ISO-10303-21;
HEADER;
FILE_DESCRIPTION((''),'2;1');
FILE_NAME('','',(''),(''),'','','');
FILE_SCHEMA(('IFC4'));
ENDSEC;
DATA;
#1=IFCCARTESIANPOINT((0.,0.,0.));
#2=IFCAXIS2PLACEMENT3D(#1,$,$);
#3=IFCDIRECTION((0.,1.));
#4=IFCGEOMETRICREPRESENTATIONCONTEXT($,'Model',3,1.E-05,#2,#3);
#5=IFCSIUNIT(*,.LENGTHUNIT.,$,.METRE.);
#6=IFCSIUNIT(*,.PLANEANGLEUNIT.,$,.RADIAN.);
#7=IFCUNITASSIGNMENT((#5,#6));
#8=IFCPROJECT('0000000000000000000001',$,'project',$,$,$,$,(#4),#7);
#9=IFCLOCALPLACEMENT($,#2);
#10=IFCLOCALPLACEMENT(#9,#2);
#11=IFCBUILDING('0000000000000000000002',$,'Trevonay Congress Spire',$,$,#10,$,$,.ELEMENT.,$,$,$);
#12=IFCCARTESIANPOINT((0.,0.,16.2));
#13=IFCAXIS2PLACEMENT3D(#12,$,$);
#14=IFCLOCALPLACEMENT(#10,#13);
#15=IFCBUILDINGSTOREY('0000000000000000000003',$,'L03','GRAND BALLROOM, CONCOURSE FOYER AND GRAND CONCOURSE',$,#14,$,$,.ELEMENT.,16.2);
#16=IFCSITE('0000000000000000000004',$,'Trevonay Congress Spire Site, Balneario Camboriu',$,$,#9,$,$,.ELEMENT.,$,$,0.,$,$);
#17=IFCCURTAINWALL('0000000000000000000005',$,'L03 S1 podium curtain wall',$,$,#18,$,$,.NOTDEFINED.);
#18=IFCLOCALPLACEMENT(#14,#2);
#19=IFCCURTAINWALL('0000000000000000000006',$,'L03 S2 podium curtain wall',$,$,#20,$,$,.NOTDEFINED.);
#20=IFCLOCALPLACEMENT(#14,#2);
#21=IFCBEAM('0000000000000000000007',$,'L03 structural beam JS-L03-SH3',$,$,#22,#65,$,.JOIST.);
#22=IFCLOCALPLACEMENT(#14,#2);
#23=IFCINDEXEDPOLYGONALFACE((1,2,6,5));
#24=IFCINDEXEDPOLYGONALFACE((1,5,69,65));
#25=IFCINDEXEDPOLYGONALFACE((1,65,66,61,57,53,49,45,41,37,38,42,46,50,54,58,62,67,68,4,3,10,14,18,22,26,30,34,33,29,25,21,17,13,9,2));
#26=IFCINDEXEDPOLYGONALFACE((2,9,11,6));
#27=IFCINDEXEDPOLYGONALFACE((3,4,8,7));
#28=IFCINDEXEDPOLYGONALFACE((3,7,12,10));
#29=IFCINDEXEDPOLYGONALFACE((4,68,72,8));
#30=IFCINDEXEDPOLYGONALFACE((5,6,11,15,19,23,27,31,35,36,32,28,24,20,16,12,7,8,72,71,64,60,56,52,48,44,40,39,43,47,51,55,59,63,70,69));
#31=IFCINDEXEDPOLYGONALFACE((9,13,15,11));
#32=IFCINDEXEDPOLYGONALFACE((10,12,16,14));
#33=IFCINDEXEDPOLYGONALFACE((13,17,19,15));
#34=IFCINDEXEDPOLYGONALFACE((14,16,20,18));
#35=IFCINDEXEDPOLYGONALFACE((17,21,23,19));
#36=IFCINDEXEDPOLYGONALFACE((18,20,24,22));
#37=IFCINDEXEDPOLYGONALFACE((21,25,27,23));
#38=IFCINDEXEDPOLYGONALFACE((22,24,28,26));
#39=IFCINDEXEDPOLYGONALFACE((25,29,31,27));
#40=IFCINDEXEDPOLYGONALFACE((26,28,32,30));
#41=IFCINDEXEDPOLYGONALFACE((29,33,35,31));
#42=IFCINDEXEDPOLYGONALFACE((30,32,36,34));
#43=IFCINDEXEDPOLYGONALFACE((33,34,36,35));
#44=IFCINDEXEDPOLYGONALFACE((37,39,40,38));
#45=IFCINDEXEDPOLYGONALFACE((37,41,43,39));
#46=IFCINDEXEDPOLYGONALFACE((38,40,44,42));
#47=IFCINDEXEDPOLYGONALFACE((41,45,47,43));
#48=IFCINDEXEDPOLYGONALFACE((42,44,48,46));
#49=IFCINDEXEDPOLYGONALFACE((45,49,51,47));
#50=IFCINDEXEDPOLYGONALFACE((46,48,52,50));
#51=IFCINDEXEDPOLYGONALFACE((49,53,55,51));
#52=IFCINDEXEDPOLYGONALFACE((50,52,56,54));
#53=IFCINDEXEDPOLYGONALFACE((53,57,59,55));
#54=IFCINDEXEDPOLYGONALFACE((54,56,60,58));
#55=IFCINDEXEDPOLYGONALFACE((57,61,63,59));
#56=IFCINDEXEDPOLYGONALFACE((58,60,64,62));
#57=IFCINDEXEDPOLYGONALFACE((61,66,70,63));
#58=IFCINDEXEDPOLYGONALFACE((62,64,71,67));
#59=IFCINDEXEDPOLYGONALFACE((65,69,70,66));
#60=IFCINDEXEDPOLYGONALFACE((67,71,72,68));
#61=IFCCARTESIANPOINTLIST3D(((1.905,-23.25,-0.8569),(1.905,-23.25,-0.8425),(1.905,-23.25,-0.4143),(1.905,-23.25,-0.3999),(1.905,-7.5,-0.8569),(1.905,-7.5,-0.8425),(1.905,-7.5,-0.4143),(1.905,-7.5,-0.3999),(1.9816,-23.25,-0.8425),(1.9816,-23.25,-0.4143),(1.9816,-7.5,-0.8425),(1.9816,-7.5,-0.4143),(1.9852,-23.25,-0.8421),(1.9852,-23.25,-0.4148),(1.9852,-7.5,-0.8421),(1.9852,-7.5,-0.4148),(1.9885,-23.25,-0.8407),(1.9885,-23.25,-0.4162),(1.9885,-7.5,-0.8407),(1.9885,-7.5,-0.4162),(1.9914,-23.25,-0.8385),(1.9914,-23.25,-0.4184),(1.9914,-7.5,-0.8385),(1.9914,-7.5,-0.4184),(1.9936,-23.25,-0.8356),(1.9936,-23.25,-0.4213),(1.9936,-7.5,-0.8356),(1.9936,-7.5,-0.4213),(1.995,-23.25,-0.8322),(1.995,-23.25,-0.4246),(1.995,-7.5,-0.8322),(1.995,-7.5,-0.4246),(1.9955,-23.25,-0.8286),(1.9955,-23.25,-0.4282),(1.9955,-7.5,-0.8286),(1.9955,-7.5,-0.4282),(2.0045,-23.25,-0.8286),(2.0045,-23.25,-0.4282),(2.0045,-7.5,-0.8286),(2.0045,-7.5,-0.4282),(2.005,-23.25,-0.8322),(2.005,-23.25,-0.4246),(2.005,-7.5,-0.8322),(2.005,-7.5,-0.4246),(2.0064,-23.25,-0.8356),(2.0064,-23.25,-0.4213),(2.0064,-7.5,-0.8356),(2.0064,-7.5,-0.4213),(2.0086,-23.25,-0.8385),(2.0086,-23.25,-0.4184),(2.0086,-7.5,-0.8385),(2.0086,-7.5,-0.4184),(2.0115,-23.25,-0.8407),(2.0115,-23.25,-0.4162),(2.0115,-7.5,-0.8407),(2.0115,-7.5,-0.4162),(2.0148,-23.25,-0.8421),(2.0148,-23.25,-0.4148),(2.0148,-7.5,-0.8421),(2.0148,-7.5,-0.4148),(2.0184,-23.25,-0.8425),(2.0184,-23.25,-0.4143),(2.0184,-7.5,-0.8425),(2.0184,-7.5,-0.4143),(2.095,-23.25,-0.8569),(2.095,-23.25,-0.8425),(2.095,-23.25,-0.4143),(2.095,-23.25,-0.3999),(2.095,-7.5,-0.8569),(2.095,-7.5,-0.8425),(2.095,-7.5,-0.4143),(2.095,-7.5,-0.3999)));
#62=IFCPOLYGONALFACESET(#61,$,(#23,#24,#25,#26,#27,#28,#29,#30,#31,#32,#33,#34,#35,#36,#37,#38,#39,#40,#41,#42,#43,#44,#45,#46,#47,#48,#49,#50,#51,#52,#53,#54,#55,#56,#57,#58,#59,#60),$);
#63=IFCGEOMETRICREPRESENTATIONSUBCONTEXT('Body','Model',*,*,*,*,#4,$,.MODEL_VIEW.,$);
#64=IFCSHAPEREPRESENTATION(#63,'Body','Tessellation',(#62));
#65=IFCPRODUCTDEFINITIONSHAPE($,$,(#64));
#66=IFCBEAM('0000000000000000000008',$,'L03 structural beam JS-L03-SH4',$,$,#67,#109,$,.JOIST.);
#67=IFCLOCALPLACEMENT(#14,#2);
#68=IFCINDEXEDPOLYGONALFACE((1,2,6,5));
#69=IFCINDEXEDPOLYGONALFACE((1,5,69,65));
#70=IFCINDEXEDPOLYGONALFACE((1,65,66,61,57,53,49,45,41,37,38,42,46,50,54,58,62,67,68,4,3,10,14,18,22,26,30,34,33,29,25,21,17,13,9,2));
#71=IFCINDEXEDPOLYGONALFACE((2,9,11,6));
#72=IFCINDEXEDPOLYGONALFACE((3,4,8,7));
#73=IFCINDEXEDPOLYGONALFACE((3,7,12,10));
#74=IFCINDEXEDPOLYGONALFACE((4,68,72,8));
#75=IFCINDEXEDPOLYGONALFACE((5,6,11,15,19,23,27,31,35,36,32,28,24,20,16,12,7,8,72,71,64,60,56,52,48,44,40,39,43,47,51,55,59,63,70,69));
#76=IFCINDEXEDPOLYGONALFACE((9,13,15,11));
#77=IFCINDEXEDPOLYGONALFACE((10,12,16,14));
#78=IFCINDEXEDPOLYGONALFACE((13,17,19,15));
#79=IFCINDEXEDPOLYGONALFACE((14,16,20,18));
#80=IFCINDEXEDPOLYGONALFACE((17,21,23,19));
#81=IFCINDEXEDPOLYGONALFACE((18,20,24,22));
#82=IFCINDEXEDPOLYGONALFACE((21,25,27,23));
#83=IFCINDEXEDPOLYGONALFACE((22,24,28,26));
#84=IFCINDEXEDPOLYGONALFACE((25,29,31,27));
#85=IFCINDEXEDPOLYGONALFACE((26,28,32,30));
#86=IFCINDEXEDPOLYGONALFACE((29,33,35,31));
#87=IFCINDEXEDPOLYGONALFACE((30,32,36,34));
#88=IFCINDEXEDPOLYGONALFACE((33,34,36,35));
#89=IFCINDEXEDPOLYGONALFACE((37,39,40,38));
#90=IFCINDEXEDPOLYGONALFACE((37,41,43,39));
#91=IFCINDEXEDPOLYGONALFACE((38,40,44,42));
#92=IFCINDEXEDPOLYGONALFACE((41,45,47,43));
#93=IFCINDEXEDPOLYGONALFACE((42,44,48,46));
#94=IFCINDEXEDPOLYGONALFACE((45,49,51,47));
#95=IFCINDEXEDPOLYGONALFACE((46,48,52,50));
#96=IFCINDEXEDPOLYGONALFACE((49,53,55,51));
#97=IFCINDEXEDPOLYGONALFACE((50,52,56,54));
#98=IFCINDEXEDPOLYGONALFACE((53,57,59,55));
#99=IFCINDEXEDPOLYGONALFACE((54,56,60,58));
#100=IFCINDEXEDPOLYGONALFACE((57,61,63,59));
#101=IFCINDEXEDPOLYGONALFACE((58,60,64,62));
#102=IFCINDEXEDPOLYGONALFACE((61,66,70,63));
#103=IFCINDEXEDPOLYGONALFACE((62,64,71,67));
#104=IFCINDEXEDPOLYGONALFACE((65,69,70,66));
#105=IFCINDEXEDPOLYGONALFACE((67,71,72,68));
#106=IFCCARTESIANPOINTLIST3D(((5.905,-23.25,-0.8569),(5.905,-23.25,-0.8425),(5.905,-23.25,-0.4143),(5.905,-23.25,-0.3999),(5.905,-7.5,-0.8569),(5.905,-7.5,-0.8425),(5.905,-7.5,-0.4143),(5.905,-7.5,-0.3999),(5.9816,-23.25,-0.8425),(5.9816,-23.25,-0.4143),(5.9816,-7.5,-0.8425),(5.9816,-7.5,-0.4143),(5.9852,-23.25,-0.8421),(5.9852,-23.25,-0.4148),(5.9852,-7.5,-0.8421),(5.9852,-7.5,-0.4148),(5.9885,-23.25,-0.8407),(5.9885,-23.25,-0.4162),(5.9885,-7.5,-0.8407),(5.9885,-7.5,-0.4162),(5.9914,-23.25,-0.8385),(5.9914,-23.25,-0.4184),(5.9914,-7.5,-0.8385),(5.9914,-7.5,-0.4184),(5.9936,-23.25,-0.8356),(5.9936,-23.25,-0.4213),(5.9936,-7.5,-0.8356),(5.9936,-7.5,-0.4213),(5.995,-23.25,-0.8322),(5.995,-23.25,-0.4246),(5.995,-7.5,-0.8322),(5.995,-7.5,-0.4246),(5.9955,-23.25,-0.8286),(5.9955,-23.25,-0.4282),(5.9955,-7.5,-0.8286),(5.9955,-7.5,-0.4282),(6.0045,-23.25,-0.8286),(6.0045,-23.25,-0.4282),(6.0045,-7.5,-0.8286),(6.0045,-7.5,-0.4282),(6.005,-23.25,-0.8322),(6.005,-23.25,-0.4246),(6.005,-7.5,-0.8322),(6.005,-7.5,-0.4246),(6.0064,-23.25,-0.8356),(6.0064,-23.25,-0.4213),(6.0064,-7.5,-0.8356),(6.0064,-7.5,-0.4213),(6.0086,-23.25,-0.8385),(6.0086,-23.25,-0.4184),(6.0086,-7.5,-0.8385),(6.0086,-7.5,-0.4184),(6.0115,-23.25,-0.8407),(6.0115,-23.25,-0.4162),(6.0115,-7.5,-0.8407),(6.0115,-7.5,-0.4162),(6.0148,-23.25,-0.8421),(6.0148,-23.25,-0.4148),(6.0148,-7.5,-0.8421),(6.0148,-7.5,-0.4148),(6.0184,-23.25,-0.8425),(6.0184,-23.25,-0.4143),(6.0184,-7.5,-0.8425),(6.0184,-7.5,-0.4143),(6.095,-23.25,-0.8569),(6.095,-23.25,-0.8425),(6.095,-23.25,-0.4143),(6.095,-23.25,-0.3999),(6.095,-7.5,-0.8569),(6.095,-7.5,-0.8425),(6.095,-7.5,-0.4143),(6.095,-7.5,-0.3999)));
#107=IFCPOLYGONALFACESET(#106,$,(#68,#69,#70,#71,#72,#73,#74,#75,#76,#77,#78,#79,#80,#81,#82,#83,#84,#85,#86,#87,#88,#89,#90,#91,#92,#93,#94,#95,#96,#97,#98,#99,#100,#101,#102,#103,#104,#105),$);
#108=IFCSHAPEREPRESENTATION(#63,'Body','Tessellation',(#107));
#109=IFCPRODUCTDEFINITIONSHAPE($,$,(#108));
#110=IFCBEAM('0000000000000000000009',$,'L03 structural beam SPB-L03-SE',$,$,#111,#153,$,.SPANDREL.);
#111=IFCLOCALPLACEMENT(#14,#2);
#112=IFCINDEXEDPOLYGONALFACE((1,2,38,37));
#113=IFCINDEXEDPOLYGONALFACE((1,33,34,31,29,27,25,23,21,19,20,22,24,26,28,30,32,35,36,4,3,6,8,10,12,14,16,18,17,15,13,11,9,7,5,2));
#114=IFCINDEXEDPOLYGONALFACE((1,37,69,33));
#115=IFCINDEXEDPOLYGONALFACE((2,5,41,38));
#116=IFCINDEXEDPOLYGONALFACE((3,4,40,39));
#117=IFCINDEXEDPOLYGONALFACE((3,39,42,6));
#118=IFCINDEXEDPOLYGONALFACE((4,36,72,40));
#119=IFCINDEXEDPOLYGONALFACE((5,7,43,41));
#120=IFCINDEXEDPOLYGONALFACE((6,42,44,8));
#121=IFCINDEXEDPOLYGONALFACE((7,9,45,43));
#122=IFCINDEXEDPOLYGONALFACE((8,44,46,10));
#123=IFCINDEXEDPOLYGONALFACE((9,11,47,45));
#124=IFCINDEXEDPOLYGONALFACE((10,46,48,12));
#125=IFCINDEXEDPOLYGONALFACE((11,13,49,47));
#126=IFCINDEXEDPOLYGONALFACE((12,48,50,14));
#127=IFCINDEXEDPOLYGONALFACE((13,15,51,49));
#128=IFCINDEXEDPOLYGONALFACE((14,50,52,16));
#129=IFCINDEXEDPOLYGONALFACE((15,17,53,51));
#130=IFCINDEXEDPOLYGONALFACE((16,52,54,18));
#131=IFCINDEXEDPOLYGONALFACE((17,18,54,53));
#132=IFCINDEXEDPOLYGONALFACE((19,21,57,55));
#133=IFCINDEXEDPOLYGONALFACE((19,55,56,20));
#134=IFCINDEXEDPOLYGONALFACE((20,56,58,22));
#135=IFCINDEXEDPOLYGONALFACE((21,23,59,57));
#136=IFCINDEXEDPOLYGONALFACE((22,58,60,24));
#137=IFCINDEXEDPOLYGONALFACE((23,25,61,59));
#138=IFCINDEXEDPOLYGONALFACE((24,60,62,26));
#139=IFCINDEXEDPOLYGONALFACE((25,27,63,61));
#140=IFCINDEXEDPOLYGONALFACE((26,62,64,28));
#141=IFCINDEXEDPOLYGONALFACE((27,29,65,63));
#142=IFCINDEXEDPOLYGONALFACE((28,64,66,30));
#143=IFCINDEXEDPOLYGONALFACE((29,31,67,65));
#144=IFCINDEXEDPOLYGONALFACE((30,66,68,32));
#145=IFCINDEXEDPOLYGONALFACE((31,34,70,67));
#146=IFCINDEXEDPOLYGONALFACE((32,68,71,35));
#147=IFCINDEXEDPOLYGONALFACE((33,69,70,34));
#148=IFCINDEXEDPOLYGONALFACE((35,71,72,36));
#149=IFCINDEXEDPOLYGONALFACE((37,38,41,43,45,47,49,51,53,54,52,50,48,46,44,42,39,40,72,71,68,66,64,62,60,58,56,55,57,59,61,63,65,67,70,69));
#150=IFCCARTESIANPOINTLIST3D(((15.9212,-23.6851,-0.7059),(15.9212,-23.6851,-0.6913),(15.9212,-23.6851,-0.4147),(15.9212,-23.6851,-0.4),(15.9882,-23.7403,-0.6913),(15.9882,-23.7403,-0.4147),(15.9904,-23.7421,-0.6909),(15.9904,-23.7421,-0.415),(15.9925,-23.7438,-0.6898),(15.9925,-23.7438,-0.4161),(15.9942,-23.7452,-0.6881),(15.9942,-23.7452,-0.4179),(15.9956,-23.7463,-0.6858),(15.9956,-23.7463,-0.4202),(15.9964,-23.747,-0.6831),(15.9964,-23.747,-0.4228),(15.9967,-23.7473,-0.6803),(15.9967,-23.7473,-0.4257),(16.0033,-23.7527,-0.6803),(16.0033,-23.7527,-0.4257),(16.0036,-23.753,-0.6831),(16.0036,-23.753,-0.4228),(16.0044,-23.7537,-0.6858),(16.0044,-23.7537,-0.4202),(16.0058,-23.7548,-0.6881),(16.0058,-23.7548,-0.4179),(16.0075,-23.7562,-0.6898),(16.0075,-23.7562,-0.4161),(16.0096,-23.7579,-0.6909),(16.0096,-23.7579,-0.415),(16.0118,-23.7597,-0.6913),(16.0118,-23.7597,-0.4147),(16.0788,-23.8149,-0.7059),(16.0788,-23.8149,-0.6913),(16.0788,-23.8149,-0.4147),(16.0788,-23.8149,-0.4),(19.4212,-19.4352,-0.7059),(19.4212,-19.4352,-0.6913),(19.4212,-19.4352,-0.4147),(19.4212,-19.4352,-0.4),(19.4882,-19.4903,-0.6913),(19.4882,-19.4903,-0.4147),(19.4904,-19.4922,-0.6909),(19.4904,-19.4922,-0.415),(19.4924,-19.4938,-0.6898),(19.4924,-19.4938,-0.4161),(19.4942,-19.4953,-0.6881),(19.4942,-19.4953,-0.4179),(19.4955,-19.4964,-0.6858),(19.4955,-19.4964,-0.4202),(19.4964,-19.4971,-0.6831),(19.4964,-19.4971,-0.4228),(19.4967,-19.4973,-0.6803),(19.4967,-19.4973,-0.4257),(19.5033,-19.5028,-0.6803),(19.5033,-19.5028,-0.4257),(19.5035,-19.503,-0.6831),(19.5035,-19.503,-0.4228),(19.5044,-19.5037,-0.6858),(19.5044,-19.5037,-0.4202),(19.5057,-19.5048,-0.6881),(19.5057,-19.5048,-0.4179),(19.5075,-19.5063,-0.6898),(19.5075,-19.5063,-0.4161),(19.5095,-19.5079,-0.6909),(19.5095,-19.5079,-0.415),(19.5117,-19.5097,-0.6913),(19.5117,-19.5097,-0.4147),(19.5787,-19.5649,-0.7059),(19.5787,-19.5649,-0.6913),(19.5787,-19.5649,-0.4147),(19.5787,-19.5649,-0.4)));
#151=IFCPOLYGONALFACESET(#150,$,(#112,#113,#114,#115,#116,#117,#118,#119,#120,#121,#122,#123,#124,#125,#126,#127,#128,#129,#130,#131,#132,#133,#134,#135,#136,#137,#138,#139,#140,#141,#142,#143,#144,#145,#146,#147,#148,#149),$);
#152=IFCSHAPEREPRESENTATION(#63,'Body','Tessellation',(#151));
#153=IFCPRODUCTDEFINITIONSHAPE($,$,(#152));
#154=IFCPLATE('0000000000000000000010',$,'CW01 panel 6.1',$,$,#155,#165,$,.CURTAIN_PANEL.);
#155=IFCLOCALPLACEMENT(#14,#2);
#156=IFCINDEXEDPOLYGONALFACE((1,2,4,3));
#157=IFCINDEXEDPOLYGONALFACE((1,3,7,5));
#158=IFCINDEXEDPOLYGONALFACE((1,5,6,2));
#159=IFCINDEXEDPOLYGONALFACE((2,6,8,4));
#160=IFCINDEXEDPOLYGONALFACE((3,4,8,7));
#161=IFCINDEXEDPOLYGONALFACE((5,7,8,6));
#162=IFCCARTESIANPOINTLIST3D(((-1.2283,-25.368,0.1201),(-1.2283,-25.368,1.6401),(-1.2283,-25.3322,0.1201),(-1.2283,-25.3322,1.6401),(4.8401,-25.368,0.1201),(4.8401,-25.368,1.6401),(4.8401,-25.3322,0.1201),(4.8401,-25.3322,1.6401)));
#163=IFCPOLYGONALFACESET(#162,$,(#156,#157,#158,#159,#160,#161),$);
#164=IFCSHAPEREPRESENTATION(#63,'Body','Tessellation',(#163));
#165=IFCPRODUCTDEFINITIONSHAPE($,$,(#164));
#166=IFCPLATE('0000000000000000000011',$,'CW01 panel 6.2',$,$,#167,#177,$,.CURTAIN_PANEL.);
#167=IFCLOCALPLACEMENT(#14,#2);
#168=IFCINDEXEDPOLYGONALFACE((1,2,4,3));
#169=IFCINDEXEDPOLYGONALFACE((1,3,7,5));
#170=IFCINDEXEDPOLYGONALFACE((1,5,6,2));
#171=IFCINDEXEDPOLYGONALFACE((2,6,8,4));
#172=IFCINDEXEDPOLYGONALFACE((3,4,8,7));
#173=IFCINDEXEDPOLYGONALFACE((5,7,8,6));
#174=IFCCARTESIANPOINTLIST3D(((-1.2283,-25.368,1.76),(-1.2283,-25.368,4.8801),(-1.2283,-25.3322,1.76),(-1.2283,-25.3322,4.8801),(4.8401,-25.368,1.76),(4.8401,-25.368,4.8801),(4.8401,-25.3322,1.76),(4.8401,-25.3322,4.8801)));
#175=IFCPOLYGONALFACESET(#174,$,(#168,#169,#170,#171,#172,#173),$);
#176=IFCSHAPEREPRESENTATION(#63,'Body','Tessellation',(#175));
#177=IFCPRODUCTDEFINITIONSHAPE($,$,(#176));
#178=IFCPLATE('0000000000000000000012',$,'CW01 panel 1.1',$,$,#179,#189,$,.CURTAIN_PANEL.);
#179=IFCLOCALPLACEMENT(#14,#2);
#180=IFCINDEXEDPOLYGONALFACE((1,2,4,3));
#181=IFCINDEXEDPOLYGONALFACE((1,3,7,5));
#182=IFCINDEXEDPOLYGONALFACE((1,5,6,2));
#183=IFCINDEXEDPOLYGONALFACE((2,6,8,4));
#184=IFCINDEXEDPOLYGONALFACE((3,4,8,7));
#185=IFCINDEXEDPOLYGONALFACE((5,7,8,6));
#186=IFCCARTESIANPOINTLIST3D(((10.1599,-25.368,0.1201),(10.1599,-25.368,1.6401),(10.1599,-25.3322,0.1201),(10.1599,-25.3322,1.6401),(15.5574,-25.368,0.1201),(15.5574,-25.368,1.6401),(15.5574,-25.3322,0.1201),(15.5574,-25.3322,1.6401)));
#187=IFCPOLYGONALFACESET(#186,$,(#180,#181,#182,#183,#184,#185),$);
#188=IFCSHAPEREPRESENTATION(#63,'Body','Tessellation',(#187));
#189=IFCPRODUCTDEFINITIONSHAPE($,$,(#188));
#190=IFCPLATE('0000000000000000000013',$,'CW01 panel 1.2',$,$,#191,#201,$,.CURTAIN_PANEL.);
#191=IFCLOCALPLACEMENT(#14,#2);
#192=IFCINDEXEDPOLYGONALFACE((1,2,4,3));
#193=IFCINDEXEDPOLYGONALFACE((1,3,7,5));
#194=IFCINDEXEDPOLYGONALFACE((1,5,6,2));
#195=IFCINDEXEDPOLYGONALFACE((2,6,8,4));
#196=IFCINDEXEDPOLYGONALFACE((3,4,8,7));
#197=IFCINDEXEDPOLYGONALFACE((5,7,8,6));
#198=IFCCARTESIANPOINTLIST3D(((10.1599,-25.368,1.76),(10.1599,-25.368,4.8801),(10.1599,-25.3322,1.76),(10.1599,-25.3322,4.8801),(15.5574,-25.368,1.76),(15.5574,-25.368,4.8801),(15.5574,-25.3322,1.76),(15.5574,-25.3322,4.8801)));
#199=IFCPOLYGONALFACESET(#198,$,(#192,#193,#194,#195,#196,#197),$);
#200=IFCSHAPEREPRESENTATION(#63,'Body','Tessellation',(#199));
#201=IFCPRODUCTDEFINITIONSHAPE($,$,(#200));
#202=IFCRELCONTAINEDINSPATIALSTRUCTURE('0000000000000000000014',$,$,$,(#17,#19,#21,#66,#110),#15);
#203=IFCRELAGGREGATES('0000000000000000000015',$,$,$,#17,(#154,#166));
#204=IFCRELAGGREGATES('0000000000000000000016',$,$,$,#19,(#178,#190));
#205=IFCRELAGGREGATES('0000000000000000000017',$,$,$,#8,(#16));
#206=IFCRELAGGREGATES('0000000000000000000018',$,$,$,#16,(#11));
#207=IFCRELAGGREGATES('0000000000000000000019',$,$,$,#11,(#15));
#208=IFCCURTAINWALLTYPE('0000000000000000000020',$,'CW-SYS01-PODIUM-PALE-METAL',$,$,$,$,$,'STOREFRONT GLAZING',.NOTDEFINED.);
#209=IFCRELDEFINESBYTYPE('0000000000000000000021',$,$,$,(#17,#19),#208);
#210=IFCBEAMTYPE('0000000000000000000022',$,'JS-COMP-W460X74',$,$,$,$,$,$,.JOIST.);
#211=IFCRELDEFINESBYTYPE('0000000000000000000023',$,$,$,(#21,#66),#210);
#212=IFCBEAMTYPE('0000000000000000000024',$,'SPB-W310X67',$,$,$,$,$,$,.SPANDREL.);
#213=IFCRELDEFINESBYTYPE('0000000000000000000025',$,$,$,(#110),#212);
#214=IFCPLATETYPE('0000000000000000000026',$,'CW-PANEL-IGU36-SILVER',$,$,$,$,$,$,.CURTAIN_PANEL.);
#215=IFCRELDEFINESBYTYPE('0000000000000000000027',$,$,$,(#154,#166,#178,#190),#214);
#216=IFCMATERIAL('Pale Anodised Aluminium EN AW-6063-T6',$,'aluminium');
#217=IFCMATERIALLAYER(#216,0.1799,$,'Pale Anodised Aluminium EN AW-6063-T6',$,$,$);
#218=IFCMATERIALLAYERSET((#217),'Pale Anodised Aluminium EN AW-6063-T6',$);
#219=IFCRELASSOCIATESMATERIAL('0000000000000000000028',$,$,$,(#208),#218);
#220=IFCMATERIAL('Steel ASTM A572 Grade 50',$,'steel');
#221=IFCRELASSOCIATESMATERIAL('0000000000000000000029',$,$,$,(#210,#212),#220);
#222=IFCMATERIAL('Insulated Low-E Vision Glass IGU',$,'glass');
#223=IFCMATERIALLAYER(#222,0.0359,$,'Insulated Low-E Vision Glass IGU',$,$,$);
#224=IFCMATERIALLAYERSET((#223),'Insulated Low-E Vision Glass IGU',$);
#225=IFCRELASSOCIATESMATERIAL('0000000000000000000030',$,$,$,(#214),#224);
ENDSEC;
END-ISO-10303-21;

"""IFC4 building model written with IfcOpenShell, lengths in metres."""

from ifc_helpers import new_model, si_unit, direction, frame, origin, origin_2d, place, context, subcontext, project, spatial, rectangle, i_section, extrude, material, layer, layer_set, material_profile, profile_set, type_object, element, aggregate, save


model = new_model("IFC4")

# Units and contexts
model_context = context("Model", 3, precision=1e-05, world=origin(), true_north=direction((0.0, 1.0)))
body_context = subcontext(model_context, "Body", "Model", "MODEL_VIEW")
ifc_project = project(units=[si_unit("LENGTHUNIT", "METRE"), si_unit("PLANEANGLEUNIT", "RADIAN")], contexts=[model_context])

# Site, building, storey
site_placement = place(None, origin())
site = spatial("IfcSite", under=ifc_project, at=site_placement, Name="Trevonay Congress Spire Site, Balneario Camboriu", CompositionType="ELEMENT", RefElevation=0.0)
building_placement = place(site_placement, origin())
building = spatial("IfcBuilding", under=site, at=building_placement, Name="Trevonay Congress Spire", CompositionType="ELEMENT")
storey_placement = place(building_placement, frame((0.0, 0.0, 16.2)))
storey = spatial("IfcBuildingStorey", under=building, at=storey_placement, Name="L03", Description="GRAND BALLROOM, CONCOURSE FOYER AND GRAND CONCOURSE", CompositionType="ELEMENT", Elevation=16.2)

# Shared definitions
ifc_material_1 = material(Name="Steel ASTM A572 Grade 50", Category="steel")

# Curtain wall
ifc_material_2 = material(Name="Pale Anodised Aluminium EN AW-6063-T6", Category="aluminium")
ifc_layer_1 = layer(ifc_material_2, 0.1799, Name="Pale Anodised Aluminium EN AW-6063-T6")
ifc_layer_set_1 = layer_set([ifc_layer_1], Name="Pale Anodised Aluminium EN AW-6063-T6")
curtain_wall_type = type_object("IfcCurtainWallType", Name="CW-SYS01-PODIUM-PALE-METAL", ElementType="STOREFRONT GLAZING", PredefinedType="NOTDEFINED", material=ifc_layer_set_1)
curtain_wall_1_placement = place(storey_placement, origin())
curtain_wall_1 = element("IfcCurtainWall", 1, at=curtain_wall_1_placement, inside=storey, type_object=curtain_wall_type, Name="L03 S1 podium curtain wall", PredefinedType="NOTDEFINED")

# Curtain wall
curtain_wall_2_placement = place(storey_placement, origin())
curtain_wall_2 = element("IfcCurtainWall", 2, at=curtain_wall_2_placement, inside=storey, type_object=curtain_wall_type, Name="L03 S2 podium curtain wall", PredefinedType="NOTDEFINED")

# Beams
ifc_material_profile_1 = material_profile(ifc_material_1, i_section(OverallWidth=0.1899, OverallDepth=0.457, WebThickness=0.009, FlangeThickness=0.0144, FilletRadius=0.0139, at=origin_2d()), Name="W460x74")
ifc_profile_set_1 = profile_set([ifc_material_profile_1], Name="Steel ASTM A572 Grade 50")
beam_type_1 = type_object("IfcBeamType", Name="JS-COMP-W460X74", PredefinedType="JOIST", material=ifc_profile_set_1)
for number, where, z_axis, x_axis, name in (
    (3, (2.0, -23.25, -0.6284), (0.0, 1.0, 0.0), (-1.0, 0.0, 0.0), "L03 structural beam JS-L03-SH3"),
    (4, (6.0, -23.25, -0.6284), (0.0, 1.0, 0.0), (-1.0, 0.0, 0.0), "L03 structural beam JS-L03-SH4"),
):
    element("IfcBeam", number, at=place(storey_placement, frame(where, z_axis=z_axis, x_axis=x_axis)), inside=storey, type_object=beam_type_1, Name=name, PredefinedType="JOIST", context=body_context, shape_type="SweptSolid", body=[
        extrude(i_section(OverallWidth=0.1899, OverallDepth=0.457, WebThickness=0.009, FlangeThickness=0.0144, FilletRadius=0.0139, at=origin_2d()), origin(), (0.0, 0.0, 1.0), 15.75),
    ])
ifc_material_profile_2 = material_profile(ifc_material_1, i_section(OverallWidth=0.2041, OverallDepth=0.3059, WebThickness=0.0085, FlangeThickness=0.0146, FilletRadius=0.011, at=origin_2d()), Name="W310x67")
ifc_profile_set_2 = profile_set([ifc_material_profile_2], Name="Steel ASTM A572 Grade 50")
beam_type_2 = type_object("IfcBeamType", Name="SPB-W310X67", PredefinedType="SPANDREL", material=ifc_profile_set_2)
beam_1_placement = place(storey_placement, frame((16.0, -23.75, -0.553), z_axis=(0.635707, 0.77193, 0.0), x_axis=(-0.77193, 0.635707, 0.0)))
element("IfcBeam", 5, at=beam_1_placement, inside=storey, type_object=beam_type_2, Name="L03 structural beam SPB-L03-SE", PredefinedType="SPANDREL", context=body_context, shape_type="SweptSolid", body=[
    extrude(i_section(OverallWidth=0.2041, OverallDepth=0.3059, WebThickness=0.0085, FlangeThickness=0.0146, FilletRadius=0.011, at=origin_2d()), origin(), (0.0, 0.0, 1.0), 5.5056),
])

# Plates
ifc_material_3 = material(Name="Insulated Low-E Vision Glass IGU", Category="glass")
ifc_layer_2 = layer(ifc_material_3, 0.0359, Name="Insulated Low-E Vision Glass IGU")
ifc_layer_set_2 = layer_set([ifc_layer_2], Name="Insulated Low-E Vision Glass IGU")
plate_type = type_object("IfcPlateType", Name="CW-PANEL-IGU36-SILVER", PredefinedType="CURTAIN_PANEL", material=ifc_layer_set_2)
plate_1_placement = place(storey_placement, frame((1.8059, -25.3501, 0.1201), z_axis=(0.0, 0.0, 1.0), x_axis=(1.0, 0.0, 0.0)))
plate_1 = element("IfcPlate", 6, at=plate_1_placement, type_object=plate_type, Name="CW01 panel 6.1", PredefinedType="CURTAIN_PANEL", context=body_context, shape_type="SweptSolid", body=[
    extrude(rectangle(XDim=6.0684, YDim=0.0359, at=origin_2d()), origin(), (0.0, 0.0, 1.0), 1.52),
])
plate_2_placement = place(storey_placement, frame((1.8059, -25.3501, 1.76), z_axis=(0.0, 0.0, 1.0), x_axis=(1.0, 0.0, 0.0)))
plate_2 = element("IfcPlate", 7, at=plate_2_placement, type_object=plate_type, Name="CW01 panel 6.2", PredefinedType="CURTAIN_PANEL", context=body_context, shape_type="SweptSolid", body=[
    extrude(rectangle(XDim=6.0684, YDim=0.0359, at=origin_2d()), origin(), (0.0, 0.0, 1.0), 3.1201),
])
aggregate(curtain_wall_1, [plate_1, plate_2])
plate_3_placement = place(storey_placement, frame((12.8586, -25.3501, 0.1201), z_axis=(0.0, 0.0, 1.0), x_axis=(1.0, 0.0, 0.0)))
plate_3 = element("IfcPlate", 8, at=plate_3_placement, type_object=plate_type, Name="CW01 panel 1.1", PredefinedType="CURTAIN_PANEL", context=body_context, shape_type="SweptSolid", body=[
    extrude(rectangle(XDim=5.3975, YDim=0.0359, at=origin_2d()), origin(), (0.0, 0.0, 1.0), 1.52),
])
plate_4_placement = place(storey_placement, frame((12.8586, -25.3501, 1.76), z_axis=(0.0, 0.0, 1.0), x_axis=(1.0, 0.0, 0.0)))
plate_4 = element("IfcPlate", 9, at=plate_4_placement, type_object=plate_type, Name="CW01 panel 1.2", PredefinedType="CURTAIN_PANEL", context=body_context, shape_type="SweptSolid", body=[
    extrude(rectangle(XDim=5.3975, YDim=0.0359, at=origin_2d()), origin(), (0.0, 0.0, 1.0), 3.1201),
])
aggregate(curtain_wall_2, [plate_3, plate_4])

save(model, "model.ifc")
